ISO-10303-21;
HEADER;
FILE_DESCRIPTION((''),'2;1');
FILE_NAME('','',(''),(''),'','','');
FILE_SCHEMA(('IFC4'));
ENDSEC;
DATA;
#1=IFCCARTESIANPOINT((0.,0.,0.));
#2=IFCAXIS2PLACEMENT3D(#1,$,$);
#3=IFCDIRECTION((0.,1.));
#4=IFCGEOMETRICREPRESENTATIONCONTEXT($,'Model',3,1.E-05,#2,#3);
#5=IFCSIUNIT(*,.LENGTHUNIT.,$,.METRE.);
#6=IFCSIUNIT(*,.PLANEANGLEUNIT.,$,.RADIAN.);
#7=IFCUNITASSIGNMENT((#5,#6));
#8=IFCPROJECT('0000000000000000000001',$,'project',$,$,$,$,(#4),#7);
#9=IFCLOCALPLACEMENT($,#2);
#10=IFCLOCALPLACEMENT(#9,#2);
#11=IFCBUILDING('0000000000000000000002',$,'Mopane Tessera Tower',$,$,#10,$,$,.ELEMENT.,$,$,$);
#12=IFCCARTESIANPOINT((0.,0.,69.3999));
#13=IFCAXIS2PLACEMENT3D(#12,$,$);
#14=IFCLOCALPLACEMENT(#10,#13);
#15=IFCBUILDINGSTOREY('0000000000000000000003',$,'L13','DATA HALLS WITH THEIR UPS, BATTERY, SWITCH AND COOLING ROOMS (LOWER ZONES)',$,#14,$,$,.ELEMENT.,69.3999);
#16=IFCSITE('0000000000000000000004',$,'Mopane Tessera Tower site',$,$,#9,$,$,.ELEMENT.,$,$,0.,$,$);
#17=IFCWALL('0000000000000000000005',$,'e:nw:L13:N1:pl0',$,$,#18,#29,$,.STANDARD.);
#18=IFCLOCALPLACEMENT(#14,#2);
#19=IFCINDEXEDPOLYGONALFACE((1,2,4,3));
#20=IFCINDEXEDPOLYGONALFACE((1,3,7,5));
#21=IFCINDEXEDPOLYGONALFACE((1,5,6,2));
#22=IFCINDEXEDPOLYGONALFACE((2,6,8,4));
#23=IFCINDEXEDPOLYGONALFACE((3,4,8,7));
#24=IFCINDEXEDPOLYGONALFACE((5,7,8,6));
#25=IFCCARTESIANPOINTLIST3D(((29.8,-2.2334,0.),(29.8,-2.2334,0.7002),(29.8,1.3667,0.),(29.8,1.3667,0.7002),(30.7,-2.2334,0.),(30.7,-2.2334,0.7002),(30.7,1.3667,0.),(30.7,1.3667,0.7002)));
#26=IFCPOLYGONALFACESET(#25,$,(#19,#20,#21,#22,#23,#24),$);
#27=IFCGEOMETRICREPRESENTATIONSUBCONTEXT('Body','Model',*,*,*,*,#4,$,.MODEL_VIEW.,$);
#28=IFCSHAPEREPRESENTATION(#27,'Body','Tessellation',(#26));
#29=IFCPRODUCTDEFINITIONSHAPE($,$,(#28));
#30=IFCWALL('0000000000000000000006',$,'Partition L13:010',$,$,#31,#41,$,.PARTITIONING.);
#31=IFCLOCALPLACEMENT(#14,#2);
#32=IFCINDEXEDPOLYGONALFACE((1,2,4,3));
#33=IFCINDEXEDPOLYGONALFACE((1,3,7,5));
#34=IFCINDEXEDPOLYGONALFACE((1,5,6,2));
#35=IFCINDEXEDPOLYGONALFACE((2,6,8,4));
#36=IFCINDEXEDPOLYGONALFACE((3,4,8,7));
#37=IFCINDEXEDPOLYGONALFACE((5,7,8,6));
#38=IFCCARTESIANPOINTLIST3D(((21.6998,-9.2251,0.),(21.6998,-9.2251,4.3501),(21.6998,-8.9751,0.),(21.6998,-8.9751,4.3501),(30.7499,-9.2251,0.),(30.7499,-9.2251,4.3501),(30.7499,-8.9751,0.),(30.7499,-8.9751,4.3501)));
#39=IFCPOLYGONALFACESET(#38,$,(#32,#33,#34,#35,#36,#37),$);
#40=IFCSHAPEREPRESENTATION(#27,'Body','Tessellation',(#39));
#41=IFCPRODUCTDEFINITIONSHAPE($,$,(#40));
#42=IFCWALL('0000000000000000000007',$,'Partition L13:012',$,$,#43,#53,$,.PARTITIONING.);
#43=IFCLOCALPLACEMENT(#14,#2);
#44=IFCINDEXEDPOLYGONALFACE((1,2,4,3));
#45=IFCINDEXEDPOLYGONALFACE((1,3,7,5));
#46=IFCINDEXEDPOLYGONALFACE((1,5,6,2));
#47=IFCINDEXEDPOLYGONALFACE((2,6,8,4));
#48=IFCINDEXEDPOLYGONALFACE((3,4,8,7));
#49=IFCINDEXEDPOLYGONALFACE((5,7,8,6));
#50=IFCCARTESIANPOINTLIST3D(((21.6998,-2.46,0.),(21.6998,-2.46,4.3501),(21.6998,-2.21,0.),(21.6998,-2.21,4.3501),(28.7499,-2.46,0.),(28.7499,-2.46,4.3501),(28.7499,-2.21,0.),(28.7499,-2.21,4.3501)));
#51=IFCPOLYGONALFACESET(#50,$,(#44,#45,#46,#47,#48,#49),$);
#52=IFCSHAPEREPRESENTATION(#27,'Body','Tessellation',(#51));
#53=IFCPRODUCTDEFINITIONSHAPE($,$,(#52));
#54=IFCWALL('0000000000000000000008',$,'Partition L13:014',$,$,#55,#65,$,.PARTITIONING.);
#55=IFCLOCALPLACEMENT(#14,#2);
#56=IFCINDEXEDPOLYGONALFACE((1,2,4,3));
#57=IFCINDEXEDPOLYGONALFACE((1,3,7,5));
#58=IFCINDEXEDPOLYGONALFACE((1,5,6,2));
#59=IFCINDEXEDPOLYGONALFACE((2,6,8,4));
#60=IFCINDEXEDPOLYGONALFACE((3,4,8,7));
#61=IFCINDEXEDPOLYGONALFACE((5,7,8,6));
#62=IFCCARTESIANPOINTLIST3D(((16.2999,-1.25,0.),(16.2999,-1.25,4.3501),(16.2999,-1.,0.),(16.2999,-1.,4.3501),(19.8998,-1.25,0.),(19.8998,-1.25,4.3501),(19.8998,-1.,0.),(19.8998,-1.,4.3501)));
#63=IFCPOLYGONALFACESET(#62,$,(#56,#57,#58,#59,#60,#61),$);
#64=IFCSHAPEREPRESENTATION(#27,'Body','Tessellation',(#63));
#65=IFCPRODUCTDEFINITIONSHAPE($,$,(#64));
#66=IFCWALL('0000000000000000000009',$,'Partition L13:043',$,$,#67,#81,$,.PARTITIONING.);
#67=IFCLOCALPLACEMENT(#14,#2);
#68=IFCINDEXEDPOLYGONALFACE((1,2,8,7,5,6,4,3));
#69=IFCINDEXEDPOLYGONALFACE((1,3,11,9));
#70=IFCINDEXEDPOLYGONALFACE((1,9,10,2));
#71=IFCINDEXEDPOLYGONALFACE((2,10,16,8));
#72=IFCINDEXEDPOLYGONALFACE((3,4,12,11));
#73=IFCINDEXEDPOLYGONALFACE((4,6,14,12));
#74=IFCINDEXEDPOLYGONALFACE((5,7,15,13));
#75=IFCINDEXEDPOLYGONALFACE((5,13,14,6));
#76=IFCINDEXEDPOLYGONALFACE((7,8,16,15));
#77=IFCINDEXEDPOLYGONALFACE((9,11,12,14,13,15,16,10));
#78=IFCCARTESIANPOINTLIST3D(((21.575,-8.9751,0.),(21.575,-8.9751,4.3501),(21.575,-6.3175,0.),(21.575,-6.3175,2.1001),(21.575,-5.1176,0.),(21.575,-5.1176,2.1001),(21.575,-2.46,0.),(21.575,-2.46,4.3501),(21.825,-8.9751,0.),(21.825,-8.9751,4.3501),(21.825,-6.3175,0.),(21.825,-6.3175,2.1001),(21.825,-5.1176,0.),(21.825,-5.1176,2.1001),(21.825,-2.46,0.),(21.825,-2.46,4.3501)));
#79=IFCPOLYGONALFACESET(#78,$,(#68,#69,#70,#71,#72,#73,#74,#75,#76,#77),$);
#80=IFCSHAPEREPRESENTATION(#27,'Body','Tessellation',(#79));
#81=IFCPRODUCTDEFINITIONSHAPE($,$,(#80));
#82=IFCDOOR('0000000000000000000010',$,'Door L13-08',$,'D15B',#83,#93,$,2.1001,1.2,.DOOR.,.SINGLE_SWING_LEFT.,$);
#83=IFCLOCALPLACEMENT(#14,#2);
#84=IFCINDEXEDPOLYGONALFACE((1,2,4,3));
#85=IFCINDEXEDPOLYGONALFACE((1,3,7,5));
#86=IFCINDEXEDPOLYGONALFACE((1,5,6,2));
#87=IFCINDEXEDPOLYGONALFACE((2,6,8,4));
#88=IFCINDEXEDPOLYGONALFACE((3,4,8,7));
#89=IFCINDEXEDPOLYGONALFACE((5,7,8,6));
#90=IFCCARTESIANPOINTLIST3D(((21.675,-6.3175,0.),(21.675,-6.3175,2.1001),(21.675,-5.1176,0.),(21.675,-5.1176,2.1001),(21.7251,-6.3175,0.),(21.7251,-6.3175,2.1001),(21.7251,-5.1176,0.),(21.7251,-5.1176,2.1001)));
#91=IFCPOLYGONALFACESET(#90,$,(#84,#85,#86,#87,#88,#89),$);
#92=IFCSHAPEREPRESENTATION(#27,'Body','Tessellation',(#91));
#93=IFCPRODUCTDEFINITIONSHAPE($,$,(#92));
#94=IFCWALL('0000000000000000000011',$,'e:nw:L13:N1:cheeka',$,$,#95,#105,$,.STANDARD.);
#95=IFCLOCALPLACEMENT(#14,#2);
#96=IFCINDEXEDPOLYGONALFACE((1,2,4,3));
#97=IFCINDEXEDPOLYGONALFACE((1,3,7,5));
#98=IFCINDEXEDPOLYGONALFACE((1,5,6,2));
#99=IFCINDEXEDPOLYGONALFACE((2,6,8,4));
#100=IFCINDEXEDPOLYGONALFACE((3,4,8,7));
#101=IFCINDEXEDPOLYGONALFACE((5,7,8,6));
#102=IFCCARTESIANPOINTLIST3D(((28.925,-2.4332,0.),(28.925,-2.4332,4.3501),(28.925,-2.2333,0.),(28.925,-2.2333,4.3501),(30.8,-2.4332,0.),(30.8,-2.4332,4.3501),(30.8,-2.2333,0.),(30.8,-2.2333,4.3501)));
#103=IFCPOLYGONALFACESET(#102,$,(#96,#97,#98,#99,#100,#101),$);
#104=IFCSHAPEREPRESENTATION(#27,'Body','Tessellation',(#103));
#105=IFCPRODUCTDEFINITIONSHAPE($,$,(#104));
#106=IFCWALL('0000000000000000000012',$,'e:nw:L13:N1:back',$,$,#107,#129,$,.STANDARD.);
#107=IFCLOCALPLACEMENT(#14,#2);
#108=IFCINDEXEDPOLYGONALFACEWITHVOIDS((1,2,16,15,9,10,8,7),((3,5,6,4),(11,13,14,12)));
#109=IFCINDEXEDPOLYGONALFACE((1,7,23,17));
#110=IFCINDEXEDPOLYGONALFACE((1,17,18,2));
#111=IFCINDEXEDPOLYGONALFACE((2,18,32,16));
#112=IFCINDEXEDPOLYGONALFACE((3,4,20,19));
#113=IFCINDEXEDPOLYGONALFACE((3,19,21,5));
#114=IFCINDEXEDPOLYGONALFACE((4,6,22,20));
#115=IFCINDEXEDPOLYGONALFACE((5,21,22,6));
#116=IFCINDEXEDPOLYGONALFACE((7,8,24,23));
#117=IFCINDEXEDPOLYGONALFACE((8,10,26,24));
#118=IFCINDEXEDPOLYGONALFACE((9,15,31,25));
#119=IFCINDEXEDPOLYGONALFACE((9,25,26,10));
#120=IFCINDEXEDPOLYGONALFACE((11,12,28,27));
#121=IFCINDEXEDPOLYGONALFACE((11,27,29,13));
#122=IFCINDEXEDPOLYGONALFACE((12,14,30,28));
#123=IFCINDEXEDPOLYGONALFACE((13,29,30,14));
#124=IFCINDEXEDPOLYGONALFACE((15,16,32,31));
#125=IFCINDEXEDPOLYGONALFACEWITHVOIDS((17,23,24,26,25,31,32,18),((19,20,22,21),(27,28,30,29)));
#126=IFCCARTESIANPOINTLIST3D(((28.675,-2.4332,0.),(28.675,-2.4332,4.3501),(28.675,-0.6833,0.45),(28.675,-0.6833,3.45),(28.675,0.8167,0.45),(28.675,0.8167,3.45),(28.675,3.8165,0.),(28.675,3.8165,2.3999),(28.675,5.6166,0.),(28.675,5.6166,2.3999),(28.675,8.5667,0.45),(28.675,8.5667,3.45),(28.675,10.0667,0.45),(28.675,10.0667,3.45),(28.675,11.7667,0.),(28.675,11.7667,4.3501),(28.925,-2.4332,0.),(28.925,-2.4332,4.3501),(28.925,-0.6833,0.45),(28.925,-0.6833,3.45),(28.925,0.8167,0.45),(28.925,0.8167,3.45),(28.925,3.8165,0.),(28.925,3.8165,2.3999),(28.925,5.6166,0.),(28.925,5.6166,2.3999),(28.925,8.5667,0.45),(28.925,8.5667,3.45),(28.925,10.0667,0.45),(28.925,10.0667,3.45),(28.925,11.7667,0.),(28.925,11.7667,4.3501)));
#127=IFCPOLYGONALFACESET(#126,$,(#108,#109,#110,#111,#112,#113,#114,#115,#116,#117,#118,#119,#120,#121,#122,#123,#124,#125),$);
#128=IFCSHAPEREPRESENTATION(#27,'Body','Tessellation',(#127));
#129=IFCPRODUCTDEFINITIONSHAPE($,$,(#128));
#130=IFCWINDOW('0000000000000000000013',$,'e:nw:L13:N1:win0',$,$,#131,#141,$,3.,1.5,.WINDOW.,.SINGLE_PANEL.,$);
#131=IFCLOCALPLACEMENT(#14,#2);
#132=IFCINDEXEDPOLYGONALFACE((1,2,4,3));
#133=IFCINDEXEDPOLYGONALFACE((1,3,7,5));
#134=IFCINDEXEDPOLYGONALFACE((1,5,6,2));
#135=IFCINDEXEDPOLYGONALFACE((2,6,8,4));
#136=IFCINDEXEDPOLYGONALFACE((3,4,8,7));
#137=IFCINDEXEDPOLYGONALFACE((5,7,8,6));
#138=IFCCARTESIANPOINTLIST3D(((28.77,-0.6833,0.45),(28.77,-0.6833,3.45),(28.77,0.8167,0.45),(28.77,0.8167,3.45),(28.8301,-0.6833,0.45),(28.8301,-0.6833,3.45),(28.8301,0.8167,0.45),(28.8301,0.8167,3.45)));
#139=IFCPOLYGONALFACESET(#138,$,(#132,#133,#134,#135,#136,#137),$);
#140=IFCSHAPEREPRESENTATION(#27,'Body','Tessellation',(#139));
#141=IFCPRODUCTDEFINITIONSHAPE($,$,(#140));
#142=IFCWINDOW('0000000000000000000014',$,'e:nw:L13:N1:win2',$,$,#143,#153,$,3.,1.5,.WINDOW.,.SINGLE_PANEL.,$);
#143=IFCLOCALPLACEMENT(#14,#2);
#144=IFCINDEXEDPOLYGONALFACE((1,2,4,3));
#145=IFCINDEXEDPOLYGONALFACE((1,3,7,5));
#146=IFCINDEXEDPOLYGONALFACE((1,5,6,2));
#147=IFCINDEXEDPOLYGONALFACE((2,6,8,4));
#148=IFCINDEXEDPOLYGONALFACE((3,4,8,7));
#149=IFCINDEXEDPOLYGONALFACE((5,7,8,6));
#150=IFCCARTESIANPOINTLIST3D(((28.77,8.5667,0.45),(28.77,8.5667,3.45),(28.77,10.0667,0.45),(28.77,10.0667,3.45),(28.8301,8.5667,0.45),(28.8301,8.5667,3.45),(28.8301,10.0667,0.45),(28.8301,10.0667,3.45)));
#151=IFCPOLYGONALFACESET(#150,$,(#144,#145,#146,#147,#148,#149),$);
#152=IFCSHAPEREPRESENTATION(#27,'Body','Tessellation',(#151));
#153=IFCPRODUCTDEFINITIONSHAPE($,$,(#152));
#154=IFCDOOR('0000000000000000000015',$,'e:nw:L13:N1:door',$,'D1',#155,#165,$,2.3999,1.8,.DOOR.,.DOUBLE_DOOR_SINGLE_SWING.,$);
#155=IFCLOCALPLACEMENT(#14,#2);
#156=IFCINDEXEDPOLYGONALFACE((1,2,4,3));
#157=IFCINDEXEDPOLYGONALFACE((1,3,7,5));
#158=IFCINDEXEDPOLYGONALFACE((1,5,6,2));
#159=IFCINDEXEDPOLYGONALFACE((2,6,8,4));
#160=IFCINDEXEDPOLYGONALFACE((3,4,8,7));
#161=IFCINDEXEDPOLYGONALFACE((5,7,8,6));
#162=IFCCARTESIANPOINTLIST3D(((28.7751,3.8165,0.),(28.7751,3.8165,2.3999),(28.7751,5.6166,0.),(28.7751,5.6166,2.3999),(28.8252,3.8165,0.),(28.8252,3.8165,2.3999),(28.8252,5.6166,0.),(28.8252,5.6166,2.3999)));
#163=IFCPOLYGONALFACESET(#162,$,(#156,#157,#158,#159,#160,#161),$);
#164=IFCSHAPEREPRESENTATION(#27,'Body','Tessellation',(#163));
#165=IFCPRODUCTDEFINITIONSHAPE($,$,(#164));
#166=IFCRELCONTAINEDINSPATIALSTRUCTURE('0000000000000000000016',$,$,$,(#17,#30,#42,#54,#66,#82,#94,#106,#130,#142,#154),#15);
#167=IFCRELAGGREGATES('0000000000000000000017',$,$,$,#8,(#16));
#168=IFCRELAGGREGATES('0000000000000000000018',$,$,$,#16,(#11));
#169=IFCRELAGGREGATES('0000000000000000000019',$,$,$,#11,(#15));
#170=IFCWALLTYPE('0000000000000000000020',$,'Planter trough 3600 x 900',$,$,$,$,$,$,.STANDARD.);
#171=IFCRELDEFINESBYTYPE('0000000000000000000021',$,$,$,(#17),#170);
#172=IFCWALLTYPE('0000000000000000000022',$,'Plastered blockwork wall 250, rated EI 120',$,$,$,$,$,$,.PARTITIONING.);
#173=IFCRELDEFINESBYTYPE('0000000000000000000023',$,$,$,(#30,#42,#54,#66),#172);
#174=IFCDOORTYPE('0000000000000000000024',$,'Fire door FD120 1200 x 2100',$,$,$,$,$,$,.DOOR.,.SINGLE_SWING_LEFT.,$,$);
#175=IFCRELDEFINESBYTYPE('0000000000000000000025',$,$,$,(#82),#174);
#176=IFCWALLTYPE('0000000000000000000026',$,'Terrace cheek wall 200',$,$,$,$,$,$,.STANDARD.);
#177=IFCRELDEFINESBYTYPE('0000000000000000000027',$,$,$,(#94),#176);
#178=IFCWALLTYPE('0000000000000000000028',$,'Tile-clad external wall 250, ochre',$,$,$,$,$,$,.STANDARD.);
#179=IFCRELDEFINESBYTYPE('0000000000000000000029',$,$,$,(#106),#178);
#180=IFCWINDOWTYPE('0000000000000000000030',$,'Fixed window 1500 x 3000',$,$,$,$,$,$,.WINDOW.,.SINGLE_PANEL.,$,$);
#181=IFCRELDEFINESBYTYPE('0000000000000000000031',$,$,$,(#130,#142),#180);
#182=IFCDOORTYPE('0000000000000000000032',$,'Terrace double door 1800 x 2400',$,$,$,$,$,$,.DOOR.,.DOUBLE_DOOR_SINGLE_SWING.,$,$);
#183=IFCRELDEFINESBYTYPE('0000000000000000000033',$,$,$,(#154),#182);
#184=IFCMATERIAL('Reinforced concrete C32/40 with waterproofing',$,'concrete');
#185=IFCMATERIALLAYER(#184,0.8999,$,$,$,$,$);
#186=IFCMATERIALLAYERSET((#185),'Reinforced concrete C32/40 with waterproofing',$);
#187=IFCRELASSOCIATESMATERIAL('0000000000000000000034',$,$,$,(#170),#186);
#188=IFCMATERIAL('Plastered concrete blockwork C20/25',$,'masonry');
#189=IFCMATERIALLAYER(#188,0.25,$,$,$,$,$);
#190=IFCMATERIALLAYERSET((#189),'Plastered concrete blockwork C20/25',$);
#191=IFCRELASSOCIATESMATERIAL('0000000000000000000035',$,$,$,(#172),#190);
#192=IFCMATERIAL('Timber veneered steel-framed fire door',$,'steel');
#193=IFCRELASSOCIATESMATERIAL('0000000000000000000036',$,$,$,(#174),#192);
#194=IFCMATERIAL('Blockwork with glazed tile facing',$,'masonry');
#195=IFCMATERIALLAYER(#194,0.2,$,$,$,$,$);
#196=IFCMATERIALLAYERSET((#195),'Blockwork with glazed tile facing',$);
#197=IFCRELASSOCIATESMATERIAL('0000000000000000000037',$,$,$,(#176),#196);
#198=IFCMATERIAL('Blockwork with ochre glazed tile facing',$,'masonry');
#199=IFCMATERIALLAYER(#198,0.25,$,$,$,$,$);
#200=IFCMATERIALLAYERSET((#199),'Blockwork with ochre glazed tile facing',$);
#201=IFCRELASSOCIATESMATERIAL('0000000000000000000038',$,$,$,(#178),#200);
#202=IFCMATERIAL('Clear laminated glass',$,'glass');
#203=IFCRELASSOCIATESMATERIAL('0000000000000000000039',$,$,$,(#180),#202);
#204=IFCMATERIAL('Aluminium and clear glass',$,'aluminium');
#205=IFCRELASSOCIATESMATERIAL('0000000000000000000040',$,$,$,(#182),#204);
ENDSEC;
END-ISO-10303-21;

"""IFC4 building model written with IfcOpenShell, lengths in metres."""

from ifc_helpers import new_model, si_unit, direction, frame, frame_2d, origin, place, context, subcontext, project, spatial, rectangle, extrude, material, layer, layer_set, type_object, element, fill, save


model = new_model("IFC4")

# Units and contexts
model_context = context("Model", 3, precision=1e-05, world=origin(), true_north=direction((0.0, 1.0)))
body_context = subcontext(model_context, "Body", "Model", "MODEL_VIEW")
ifc_project = project(units=[si_unit("LENGTHUNIT", "METRE"), si_unit("PLANEANGLEUNIT", "RADIAN")], contexts=[model_context])

# Site, building, storey
site_placement = place(None, origin())
site = spatial("IfcSite", under=ifc_project, at=site_placement, Name="Mopane Tessera Tower site", CompositionType="ELEMENT", RefElevation=0.0)
building_placement = place(site_placement, origin())
building = spatial("IfcBuilding", under=site, at=building_placement, Name="Mopane Tessera Tower", CompositionType="ELEMENT")
storey_placement = place(building_placement, frame((0.0, 0.0, 69.3999)))
storey = spatial("IfcBuildingStorey", under=building, at=storey_placement, Name="L13", Description="DATA HALLS WITH THEIR UPS, BATTERY, SWITCH AND COOLING ROOMS (LOWER ZONES)", CompositionType="ELEMENT", Elevation=69.3999)

# Walls
ifc_material_1 = material(Name="Reinforced concrete C32/40 with waterproofing", Category="concrete")
ifc_layer_1 = layer(ifc_material_1, 0.8999)
ifc_layer_set_1 = layer_set([ifc_layer_1], Name="Reinforced concrete C32/40 with waterproofing")
wall_type_1 = type_object("IfcWallType", Name="Planter trough 3600 x 900", PredefinedType="STANDARD", material=ifc_layer_set_1)
wall_1_placement = place(storey_placement, frame((30.25, -2.2334, 0.0), z_axis=(0.0, 0.0, 1.0), x_axis=(0.0, 1.0, 0.0)))
element("IfcWall", 1, at=wall_1_placement, inside=storey, type_object=wall_type_1, Name="e:nw:L13:N1:pl0", PredefinedType="STANDARD", context=body_context, shape_type="SweptSolid", body=[
    extrude(rectangle(XDim=3.6001, YDim=0.8999, at=frame_2d((1.8, 0.0))), origin(), (0.0, 0.0, 1.0), 0.7002),
])
ifc_material_2 = material(Name="Plastered concrete blockwork C20/25", Category="masonry")
ifc_layer_2 = layer(ifc_material_2, 0.25)
ifc_layer_set_2 = layer_set([ifc_layer_2], Name="Plastered concrete blockwork C20/25")
wall_type_2 = type_object("IfcWallType", Name="Plastered blockwork wall 250, rated EI 120", PredefinedType="PARTITIONING", material=ifc_layer_set_2)
wall_2_placement = place(storey_placement, frame((21.7, -9.1001, 0.0), z_axis=(0.0, 0.0, 1.0), x_axis=(1.0, 0.0, 0.0)))
element("IfcWall", 2, at=wall_2_placement, inside=storey, type_object=wall_type_2, Name="Partition L13:010", PredefinedType="PARTITIONING", context=body_context, shape_type="SweptSolid", body=[
    extrude(rectangle(XDim=9.05, YDim=0.25, at=frame_2d((4.5249, 0.0))), origin(), (0.0, 0.0, 1.0), 4.3501),
])
wall_3_placement = place(storey_placement, frame((21.7, -2.335, 0.0), z_axis=(0.0, 0.0, 1.0), x_axis=(1.0, 0.0, 0.0)))
element("IfcWall", 3, at=wall_3_placement, inside=storey, type_object=wall_type_2, Name="Partition L13:012", PredefinedType="PARTITIONING", context=body_context, shape_type="SweptSolid", body=[
    extrude(rectangle(XDim=7.05, YDim=0.25, at=frame_2d((3.5249, 0.0))), origin(), (0.0, 0.0, 1.0), 4.3501),
])
wall_4_placement = place(storey_placement, frame((16.3, -1.125, 0.0), z_axis=(0.0, 0.0, 1.0), x_axis=(1.0, 0.0, 0.0)))
element("IfcWall", 4, at=wall_4_placement, inside=storey, type_object=wall_type_2, Name="Partition L13:014", PredefinedType="PARTITIONING", context=body_context, shape_type="SweptSolid", body=[
    extrude(rectangle(XDim=3.5999, YDim=0.25, at=frame_2d((1.7998, 0.0))), origin(), (0.0, 0.0, 1.0), 4.3501),
])

# Wall, opening, door
wall_5_placement = place(storey_placement, frame((21.7, -8.9751, 0.0), z_axis=(0.0, 0.0, 1.0), x_axis=(0.0, 1.0, 0.0)))
wall_5 = element("IfcWall", 5, at=wall_5_placement, inside=storey, type_object=wall_type_2, Name="Partition L13:043", PredefinedType="PARTITIONING", context=body_context, shape_type="SweptSolid", body=[
    extrude(rectangle(XDim=6.5151, YDim=0.25, at=frame_2d((3.2576, 0.0))), origin(), (0.0, 0.0, 1.0), 4.3501),
])
opening_1_placement = place(wall_5_placement, frame((2.6575, 0.0, 0.0)))
opening_1 = element("IfcOpeningElement", 6, at=opening_1_placement, cuts=wall_5, PredefinedType="OPENING", context=body_context, shape_type="SweptSolid", body=[
    extrude(rectangle(XDim=1.2, YDim=2.1001, at=frame_2d((0.6001, 1.05))), frame((0.0, 0.137, 0.0), z_axis=(0.0, -1.0, 0.0), x_axis=(1.0, 0.0, 0.0)), (0.0, 0.0, 1.0), 0.2739),
])
ifc_material_3 = material(Name="Timber veneered steel-framed fire door", Category="steel")
door_type_1 = type_object("IfcDoorType", Name="Fire door FD120 1200 x 2100", OperationType="SINGLE_SWING_LEFT", PredefinedType="DOOR", material=ifc_material_3)
door_1_placement = place(opening_1_placement, origin())
door_1 = element("IfcDoor", 7, at=door_1_placement, inside=storey, type_object=door_type_1, Name="Door L13-08", ObjectType="D15B", OperationType="SINGLE_SWING_LEFT", OverallHeight=2.1001, OverallWidth=1.2, PredefinedType="DOOR", context=body_context, shape_type="SweptSolid", body=[
    extrude(rectangle(XDim=1.2, YDim=2.1001, at=frame_2d((0.6001, 1.05))), frame((0.0, 0.0249, 0.0), z_axis=(0.0, -1.0, 0.0), x_axis=(1.0, 0.0, 0.0)), (0.0, 0.0, 1.0), 0.05),
])
fill(opening_1, door_1)

# Wall
ifc_material_4 = material(Name="Blockwork with glazed tile facing", Category="masonry")
ifc_layer_3 = layer(ifc_material_4, 0.2)
ifc_layer_set_3 = layer_set([ifc_layer_3], Name="Blockwork with glazed tile facing")
wall_type_3 = type_object("IfcWallType", Name="Terrace cheek wall 200", PredefinedType="STANDARD", material=ifc_layer_set_3)
wall_6_placement = place(storey_placement, frame((30.8, -2.3333, 0.0), z_axis=(0.0, 0.0, 1.0), x_axis=(-1.0, 0.0, 0.0)))
element("IfcWall", 8, at=wall_6_placement, inside=storey, type_object=wall_type_3, Name="e:nw:L13:N1:cheeka", PredefinedType="STANDARD", context=body_context, shape_type="SweptSolid", body=[
    extrude(rectangle(XDim=1.875, YDim=0.2, at=frame_2d((0.9375, 0.0))), origin(), (0.0, 0.0, 1.0), 4.3501),
])

# Wall, openings, windows, door
ifc_material_5 = material(Name="Blockwork with ochre glazed tile facing", Category="masonry")
ifc_layer_4 = layer(ifc_material_5, 0.25)
ifc_layer_set_4 = layer_set([ifc_layer_4], Name="Blockwork with ochre glazed tile facing")
wall_type_4 = type_object("IfcWallType", Name="Tile-clad external wall 250, ochre", PredefinedType="STANDARD", material=ifc_layer_set_4)
wall_7_placement = place(storey_placement, frame((28.8, -2.4333, 0.0), z_axis=(0.0, 0.0, 1.0), x_axis=(0.0, 1.0, 0.0)))
wall_7 = element("IfcWall", 9, at=wall_7_placement, inside=storey, type_object=wall_type_4, Name="e:nw:L13:N1:back", PredefinedType="STANDARD", context=body_context, shape_type="SweptSolid", body=[
    extrude(rectangle(XDim=14.2, YDim=0.25, at=frame_2d((7.1001, 0.0))), origin(), (0.0, 0.0, 1.0), 4.3501),
])
opening_2_placement = place(wall_7_placement, frame((1.75, 0.0, 0.45)))
opening_2 = element("IfcOpeningElement", 10, at=opening_2_placement, cuts=wall_7, PredefinedType="OPENING", context=body_context, shape_type="SweptSolid", body=[
    extrude(rectangle(XDim=1.5, YDim=3.0, at=frame_2d((0.75, 1.5))), frame((0.0, 0.137, 0.0), z_axis=(0.0, -1.0, 0.0), x_axis=(1.0, 0.0, 0.0)), (0.0, 0.0, 1.0), 0.2739),
])
opening_3_placement = place(wall_7_placement, frame((6.25, 0.0, 0.0)))
opening_3 = element("IfcOpeningElement", 11, at=opening_3_placement, cuts=wall_7, PredefinedType="OPENING", context=body_context, shape_type="SweptSolid", body=[
    extrude(rectangle(XDim=1.8, YDim=2.3999, at=frame_2d((0.8999, 1.2))), frame((0.0, 0.137, 0.0), z_axis=(0.0, -1.0, 0.0), x_axis=(1.0, 0.0, 0.0)), (0.0, 0.0, 1.0), 0.2739),
])
opening_4_placement = place(wall_7_placement, frame((11.0, 0.0, 0.45)))
opening_4 = element("IfcOpeningElement", 12, at=opening_4_placement, cuts=wall_7, PredefinedType="OPENING", context=body_context, shape_type="SweptSolid", body=[
    extrude(rectangle(XDim=1.5, YDim=3.0, at=frame_2d((0.75, 1.5))), frame((0.0, 0.137, 0.0), z_axis=(0.0, -1.0, 0.0), x_axis=(1.0, 0.0, 0.0)), (0.0, 0.0, 1.0), 0.2739),
])
ifc_material_6 = material(Name="Clear laminated glass", Category="glass")
window_type = type_object("IfcWindowType", Name="Fixed window 1500 x 3000", PartitioningType="SINGLE_PANEL", PredefinedType="WINDOW", material=ifc_material_6)
window_1_placement = place(opening_2_placement, origin())
window_1 = element("IfcWindow", 13, at=window_1_placement, inside=storey, type_object=window_type, Name="e:nw:L13:N1:win0", OverallHeight=3.0, OverallWidth=1.5, PartitioningType="SINGLE_PANEL", PredefinedType="WINDOW", context=body_context, shape_type="SweptSolid", body=[
    extrude(rectangle(XDim=1.5, YDim=3.0, at=frame_2d((0.75, 1.5))), frame((0.0, 0.03, 0.0), z_axis=(0.0, -1.0, 0.0), x_axis=(1.0, 0.0, 0.0)), (0.0, 0.0, 1.0), 0.0601),
])
fill(opening_2, window_1)
window_2_placement = place(opening_4_placement, origin())
window_2 = element("IfcWindow", 14, at=window_2_placement, inside=storey, type_object=window_type, Name="e:nw:L13:N1:win2", OverallHeight=3.0, OverallWidth=1.5, PartitioningType="SINGLE_PANEL", PredefinedType="WINDOW", context=body_context, shape_type="SweptSolid", body=[
    extrude(rectangle(XDim=1.5, YDim=3.0, at=frame_2d((0.75, 1.5))), frame((0.0, 0.03, 0.0), z_axis=(0.0, -1.0, 0.0), x_axis=(1.0, 0.0, 0.0)), (0.0, 0.0, 1.0), 0.0601),
])
fill(opening_4, window_2)
ifc_material_7 = material(Name="Aluminium and clear glass", Category="aluminium")
door_type_2 = type_object("IfcDoorType", Name="Terrace double door 1800 x 2400", OperationType="DOUBLE_DOOR_SINGLE_SWING", PredefinedType="DOOR", material=ifc_material_7)
door_2_placement = place(opening_3_placement, origin())
door_2 = element("IfcDoor", 15, at=door_2_placement, inside=storey, type_object=door_type_2, Name="e:nw:L13:N1:door", ObjectType="D1", OperationType="DOUBLE_DOOR_SINGLE_SWING", OverallHeight=2.3999, OverallWidth=1.8, PredefinedType="DOOR", context=body_context, shape_type="SweptSolid", body=[
    extrude(rectangle(XDim=1.8, YDim=2.3999, at=frame_2d((0.8999, 1.2))), frame((0.0, 0.0249, 0.0), z_axis=(0.0, -1.0, 0.0), x_axis=(1.0, 0.0, 0.0)), (0.0, 0.0, 1.0), 0.05),
])
fill(opening_3, door_2)

save(model, "model.ifc")
